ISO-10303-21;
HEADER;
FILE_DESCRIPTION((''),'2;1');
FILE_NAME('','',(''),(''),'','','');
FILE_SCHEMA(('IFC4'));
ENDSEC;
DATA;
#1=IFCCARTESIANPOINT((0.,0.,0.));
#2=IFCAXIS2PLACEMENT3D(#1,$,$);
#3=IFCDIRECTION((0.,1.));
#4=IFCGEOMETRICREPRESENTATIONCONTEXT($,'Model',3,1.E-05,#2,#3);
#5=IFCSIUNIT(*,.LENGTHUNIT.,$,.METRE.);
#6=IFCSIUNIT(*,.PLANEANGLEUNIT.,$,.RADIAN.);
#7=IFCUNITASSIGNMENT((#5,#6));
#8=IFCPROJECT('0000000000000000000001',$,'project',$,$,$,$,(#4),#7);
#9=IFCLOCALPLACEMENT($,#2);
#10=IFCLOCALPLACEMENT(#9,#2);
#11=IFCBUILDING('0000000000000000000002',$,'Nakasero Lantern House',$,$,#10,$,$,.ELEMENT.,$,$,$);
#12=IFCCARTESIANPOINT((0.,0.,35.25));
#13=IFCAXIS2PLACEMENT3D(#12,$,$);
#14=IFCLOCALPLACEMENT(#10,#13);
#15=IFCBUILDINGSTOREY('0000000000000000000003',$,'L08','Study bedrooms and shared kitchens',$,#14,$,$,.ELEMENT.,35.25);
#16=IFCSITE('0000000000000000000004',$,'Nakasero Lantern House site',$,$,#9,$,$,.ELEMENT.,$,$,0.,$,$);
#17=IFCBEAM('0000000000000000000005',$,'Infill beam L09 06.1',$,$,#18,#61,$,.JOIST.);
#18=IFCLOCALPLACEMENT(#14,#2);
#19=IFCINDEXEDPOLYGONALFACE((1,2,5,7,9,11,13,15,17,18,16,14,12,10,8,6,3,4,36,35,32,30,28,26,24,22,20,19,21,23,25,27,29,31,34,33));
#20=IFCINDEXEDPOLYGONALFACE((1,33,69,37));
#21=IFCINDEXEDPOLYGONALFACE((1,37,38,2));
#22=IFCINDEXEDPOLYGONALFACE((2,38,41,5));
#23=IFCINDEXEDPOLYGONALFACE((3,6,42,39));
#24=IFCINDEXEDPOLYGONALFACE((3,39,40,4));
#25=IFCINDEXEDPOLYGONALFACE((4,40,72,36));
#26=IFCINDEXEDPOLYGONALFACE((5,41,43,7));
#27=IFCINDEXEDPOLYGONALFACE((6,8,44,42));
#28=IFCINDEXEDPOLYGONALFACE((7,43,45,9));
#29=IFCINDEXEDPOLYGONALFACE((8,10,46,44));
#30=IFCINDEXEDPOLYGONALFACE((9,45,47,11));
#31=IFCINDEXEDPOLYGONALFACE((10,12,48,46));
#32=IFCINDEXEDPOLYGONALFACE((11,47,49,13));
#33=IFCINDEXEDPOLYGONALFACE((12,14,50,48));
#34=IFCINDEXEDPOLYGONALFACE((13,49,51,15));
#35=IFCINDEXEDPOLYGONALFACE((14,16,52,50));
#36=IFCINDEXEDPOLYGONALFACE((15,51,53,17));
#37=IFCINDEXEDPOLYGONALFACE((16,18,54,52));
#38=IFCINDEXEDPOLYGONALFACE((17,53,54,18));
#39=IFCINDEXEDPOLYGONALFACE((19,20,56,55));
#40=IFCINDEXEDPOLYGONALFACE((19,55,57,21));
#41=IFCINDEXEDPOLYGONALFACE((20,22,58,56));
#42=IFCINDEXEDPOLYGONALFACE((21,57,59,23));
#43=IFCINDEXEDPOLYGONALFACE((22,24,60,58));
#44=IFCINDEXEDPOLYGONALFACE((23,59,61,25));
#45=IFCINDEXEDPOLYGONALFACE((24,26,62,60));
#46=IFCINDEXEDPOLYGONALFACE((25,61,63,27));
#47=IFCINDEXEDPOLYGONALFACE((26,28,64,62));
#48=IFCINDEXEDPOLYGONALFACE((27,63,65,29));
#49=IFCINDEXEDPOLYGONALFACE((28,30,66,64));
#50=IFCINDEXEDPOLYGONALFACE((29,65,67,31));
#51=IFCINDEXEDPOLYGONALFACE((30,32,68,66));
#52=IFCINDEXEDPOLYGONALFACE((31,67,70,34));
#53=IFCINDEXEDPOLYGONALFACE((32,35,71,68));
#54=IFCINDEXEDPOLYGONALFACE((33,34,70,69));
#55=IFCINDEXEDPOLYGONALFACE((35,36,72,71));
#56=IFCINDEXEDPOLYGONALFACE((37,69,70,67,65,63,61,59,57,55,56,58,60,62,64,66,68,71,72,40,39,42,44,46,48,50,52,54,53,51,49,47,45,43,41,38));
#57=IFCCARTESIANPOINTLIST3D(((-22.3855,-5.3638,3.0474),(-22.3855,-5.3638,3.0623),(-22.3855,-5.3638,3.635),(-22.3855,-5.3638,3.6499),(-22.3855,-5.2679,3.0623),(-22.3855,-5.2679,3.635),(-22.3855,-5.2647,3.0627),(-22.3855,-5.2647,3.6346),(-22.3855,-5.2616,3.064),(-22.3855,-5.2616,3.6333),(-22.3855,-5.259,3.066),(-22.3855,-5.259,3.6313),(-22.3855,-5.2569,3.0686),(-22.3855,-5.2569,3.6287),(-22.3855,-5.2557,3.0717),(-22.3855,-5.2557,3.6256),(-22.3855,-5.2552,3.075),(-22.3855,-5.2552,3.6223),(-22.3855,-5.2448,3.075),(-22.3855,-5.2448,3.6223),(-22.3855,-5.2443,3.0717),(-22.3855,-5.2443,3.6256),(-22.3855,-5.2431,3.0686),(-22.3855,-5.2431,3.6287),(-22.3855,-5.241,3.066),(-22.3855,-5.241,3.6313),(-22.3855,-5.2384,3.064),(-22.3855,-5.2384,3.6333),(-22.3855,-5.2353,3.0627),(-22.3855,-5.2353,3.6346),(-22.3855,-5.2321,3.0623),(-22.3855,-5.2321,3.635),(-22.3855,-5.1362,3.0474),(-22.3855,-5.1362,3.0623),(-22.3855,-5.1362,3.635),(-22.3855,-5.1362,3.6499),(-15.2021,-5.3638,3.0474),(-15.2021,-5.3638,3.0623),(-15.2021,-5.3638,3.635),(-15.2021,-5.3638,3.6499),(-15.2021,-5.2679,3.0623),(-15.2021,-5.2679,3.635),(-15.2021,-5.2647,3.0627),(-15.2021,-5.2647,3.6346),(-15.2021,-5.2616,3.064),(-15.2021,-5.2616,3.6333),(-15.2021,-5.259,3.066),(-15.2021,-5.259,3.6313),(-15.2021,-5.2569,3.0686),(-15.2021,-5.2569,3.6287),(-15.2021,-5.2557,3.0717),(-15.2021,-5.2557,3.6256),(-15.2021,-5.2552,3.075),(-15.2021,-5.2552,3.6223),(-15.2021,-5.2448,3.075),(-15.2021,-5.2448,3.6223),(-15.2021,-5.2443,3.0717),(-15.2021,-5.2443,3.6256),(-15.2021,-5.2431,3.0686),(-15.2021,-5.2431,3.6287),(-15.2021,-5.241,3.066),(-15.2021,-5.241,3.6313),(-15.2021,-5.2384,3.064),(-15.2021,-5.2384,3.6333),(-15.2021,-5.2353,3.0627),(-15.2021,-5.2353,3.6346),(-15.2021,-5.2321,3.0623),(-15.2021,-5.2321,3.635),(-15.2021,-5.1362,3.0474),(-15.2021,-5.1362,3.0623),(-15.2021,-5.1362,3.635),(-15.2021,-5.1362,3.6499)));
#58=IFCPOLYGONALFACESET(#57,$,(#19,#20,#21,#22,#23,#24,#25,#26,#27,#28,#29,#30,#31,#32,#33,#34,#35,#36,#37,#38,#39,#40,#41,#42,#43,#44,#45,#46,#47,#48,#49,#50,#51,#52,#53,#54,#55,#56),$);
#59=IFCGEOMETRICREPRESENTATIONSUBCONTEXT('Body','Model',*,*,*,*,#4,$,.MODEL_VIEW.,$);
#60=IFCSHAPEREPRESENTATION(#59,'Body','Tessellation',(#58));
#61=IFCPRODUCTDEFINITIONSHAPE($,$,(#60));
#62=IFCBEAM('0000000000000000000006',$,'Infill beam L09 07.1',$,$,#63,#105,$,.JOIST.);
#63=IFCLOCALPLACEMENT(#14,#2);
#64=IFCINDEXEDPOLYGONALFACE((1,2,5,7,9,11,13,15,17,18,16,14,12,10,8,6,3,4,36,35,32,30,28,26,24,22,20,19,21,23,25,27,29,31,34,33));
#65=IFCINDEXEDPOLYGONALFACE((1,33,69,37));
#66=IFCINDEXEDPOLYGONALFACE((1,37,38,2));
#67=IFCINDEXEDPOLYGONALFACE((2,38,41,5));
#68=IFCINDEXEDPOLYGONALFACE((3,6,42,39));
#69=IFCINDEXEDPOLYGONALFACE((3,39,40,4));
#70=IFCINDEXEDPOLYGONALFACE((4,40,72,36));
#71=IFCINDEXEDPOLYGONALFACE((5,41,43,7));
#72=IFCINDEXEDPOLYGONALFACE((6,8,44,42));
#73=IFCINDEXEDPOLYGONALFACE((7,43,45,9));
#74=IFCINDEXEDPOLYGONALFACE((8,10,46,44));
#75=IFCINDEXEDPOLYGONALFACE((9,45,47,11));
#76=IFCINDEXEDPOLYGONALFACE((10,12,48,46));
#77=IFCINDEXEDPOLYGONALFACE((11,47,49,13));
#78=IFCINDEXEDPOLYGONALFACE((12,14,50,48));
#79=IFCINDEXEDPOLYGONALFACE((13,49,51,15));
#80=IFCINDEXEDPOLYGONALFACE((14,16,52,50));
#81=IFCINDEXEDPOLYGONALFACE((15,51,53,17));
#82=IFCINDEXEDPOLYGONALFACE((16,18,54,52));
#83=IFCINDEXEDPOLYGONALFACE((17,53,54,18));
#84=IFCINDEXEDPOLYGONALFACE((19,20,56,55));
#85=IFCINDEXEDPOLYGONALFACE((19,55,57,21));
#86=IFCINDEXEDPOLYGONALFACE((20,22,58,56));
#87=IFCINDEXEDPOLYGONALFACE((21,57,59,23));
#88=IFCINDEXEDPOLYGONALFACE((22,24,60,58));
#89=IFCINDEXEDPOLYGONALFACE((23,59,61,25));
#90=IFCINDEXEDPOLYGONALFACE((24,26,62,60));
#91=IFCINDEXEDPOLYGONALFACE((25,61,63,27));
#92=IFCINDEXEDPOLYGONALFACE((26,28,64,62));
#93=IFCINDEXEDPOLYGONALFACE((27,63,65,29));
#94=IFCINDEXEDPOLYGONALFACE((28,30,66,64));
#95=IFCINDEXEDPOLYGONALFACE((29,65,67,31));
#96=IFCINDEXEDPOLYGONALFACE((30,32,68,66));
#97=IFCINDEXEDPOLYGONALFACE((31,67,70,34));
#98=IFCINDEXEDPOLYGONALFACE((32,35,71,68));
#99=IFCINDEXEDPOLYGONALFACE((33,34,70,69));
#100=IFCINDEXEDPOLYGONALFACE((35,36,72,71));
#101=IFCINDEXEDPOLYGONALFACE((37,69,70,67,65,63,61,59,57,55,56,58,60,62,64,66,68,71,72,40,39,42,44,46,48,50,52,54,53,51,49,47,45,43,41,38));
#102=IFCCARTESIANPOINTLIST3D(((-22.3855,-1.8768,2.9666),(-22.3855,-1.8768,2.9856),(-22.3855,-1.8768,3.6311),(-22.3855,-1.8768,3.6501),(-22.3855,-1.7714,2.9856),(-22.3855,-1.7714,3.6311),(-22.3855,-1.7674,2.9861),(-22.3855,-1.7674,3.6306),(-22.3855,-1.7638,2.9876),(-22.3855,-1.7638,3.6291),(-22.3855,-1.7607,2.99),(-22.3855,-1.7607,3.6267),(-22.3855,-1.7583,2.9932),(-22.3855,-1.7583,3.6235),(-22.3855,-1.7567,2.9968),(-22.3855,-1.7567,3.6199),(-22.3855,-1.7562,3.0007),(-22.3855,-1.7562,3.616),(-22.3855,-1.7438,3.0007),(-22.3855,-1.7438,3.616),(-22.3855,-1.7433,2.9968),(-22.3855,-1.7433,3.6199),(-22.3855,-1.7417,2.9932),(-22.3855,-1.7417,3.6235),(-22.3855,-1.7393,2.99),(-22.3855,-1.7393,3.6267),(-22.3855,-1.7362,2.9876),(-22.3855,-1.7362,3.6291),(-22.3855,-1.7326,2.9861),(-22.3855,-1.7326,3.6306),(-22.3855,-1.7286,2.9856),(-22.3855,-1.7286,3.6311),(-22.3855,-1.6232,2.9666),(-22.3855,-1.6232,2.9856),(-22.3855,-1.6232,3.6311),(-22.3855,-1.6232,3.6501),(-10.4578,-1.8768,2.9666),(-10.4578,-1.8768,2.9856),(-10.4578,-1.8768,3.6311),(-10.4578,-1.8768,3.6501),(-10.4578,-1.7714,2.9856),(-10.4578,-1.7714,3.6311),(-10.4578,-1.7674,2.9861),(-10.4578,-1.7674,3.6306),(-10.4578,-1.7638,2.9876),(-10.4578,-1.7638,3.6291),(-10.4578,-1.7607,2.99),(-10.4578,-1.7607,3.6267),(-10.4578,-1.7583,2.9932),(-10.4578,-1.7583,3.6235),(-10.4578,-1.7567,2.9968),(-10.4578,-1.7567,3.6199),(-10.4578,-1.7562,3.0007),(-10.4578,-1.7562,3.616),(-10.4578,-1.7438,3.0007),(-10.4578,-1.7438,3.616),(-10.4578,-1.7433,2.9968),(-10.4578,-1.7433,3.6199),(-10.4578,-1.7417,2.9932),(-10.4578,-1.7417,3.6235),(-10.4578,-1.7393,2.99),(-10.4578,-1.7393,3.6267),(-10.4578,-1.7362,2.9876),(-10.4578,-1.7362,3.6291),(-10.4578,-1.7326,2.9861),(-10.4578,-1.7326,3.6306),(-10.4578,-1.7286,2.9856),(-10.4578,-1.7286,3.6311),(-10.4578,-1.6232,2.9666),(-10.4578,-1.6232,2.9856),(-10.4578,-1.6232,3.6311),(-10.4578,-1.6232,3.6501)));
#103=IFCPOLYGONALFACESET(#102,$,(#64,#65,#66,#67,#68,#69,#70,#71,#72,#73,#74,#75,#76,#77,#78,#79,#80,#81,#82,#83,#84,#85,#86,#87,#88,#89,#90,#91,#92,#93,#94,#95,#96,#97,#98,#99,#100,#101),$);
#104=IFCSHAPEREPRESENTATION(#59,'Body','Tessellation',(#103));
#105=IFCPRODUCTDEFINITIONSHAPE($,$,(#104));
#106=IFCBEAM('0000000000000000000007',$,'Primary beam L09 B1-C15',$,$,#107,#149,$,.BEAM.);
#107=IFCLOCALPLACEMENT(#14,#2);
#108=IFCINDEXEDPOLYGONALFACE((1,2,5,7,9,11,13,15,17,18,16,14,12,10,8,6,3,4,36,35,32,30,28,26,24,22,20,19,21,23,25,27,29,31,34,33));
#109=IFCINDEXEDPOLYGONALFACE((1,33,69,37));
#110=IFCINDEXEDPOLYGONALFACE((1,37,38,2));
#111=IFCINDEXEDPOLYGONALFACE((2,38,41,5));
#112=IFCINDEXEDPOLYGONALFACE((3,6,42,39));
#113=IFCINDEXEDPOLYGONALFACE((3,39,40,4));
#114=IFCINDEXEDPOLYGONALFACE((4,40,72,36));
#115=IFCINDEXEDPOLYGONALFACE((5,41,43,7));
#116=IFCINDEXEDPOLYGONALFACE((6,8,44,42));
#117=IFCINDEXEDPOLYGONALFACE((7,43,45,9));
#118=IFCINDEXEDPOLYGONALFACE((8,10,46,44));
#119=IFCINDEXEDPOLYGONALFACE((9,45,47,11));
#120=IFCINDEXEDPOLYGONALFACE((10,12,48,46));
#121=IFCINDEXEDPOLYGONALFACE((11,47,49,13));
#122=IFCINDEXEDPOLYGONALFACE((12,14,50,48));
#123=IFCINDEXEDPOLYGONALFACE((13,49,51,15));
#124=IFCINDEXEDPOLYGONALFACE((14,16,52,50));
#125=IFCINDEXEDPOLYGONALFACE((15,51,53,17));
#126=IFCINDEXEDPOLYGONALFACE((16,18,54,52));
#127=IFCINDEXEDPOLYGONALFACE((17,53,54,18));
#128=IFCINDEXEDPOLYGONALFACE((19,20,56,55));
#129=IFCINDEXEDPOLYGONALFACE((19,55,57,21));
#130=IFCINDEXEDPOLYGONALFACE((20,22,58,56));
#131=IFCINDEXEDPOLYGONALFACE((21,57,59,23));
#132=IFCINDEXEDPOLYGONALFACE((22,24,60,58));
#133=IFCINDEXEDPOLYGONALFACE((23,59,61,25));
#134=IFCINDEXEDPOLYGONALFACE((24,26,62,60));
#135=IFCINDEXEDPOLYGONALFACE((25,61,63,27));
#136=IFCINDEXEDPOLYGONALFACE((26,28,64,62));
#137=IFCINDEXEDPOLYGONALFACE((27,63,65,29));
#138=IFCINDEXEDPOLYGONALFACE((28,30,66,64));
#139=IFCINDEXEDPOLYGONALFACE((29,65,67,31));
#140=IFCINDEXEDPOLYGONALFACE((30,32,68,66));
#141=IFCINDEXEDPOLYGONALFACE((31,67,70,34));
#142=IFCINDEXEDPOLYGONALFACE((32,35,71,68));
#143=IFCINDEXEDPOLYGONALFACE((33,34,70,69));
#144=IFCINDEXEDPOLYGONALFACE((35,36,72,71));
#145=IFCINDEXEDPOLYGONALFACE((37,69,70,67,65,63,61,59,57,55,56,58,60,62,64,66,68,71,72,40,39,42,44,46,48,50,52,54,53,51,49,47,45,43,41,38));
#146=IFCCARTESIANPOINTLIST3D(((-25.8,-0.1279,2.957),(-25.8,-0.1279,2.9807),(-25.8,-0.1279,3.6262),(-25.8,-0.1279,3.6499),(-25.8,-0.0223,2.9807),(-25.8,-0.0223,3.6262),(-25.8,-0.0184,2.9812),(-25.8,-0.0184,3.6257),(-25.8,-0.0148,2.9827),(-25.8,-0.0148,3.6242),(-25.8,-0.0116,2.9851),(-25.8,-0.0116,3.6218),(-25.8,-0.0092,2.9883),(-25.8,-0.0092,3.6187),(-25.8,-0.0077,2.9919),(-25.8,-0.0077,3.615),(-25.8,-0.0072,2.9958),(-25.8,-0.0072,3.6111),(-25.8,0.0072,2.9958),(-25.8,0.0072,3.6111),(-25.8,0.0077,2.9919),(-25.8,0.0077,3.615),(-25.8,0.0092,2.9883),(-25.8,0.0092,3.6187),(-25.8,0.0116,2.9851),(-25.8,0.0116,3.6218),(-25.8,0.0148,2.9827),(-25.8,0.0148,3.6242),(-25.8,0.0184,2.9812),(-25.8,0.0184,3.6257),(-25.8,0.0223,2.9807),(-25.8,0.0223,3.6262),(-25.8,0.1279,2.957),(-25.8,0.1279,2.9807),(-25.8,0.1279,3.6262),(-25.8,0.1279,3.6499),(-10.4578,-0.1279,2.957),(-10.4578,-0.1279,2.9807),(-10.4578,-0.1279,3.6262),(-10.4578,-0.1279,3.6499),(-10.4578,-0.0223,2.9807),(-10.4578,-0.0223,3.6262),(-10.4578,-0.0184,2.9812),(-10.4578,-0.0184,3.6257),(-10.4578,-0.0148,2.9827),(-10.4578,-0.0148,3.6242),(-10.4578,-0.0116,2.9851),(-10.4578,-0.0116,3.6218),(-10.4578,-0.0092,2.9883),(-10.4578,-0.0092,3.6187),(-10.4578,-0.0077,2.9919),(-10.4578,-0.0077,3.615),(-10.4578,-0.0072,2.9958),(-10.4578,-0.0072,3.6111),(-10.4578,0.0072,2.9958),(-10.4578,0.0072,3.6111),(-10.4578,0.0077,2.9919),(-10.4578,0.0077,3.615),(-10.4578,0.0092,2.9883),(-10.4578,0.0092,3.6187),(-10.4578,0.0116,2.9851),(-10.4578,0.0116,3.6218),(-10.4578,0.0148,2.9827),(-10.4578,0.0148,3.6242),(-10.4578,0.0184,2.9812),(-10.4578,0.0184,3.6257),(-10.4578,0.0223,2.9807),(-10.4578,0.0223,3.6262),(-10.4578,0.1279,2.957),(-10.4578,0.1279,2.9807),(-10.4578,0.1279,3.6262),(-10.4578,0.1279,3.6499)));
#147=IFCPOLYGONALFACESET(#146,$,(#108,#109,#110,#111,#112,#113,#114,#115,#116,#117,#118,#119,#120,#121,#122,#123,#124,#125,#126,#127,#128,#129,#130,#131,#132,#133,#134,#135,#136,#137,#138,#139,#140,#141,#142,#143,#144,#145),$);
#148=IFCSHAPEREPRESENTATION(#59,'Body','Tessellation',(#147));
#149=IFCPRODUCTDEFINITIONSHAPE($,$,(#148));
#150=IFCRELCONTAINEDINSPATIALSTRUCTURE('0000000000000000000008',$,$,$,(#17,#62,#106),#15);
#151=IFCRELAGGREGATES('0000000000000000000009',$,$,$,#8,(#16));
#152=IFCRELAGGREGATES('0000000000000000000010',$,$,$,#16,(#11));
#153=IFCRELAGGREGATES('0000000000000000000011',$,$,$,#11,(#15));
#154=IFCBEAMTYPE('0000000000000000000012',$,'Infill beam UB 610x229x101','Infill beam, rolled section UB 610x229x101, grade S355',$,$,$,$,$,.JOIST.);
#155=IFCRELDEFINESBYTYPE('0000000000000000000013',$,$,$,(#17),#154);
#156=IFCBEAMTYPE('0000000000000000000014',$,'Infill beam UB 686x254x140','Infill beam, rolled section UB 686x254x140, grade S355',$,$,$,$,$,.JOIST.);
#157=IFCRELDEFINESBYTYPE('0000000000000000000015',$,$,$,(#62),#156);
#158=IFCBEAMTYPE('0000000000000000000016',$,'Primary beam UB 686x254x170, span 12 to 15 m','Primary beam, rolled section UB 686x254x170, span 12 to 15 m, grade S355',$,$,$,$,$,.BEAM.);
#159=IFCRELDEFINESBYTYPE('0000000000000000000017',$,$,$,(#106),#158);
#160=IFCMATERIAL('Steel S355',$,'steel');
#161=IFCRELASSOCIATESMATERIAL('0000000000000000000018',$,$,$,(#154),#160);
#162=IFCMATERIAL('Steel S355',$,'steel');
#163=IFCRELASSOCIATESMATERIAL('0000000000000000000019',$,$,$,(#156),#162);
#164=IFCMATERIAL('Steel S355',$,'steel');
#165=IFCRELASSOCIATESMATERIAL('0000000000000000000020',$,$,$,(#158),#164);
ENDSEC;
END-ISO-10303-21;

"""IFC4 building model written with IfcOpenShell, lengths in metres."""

from ifc_helpers import new_model, si_unit, direction, frame, origin, origin_2d, place, context, subcontext, project, spatial, i_section, extrude, material, material_profile, profile_set, type_object, element, save


model = new_model("IFC4")

# Units and contexts
model_context = context("Model", 3, precision=1e-05, world=origin(), true_north=direction((0.0, 1.0)))
body_context = subcontext(model_context, "Body", "Model", "MODEL_VIEW")
ifc_project = project(units=[si_unit("LENGTHUNIT", "METRE"), si_unit("PLANEANGLEUNIT", "RADIAN")], contexts=[model_context])

# Site, building, storey
site_placement = place(None, origin())
site = spatial("IfcSite", under=ifc_project, at=site_placement, Name="Nakasero Lantern House site", CompositionType="ELEMENT", RefElevation=0.0)
building_placement = place(site_placement, origin())
building = spatial("IfcBuilding", under=site, at=building_placement, Name="Nakasero Lantern House", CompositionType="ELEMENT")
storey_placement = place(building_placement, frame((0.0, 0.0, 35.25)))
storey = spatial("IfcBuildingStorey", under=building, at=storey_placement, Name="L08", Description="Study bedrooms and shared kitchens", CompositionType="ELEMENT", Elevation=35.25)

# Beams
ifc_material_1 = material(Name="Steel S355", Category="steel")
ifc_material_profile_1 = material_profile(ifc_material_1, i_section(OverallWidth=0.2275, OverallDepth=0.6025, WebThickness=0.0105, FlangeThickness=0.0149, FilletRadius=0.0127, at=origin_2d()), Name="UB 610x229x101")
ifc_profile_set_1 = profile_set([ifc_material_profile_1], Name="Steel S355")
beam_type_1 = type_object("IfcBeamType", Name="Infill beam UB 610x229x101", Description="Infill beam, rolled section UB 610x229x101, grade S355", PredefinedType="JOIST", material=ifc_profile_set_1)
beam_1_placement = place(storey_placement, frame((-22.3855, -5.25, 3.3486), z_axis=(1.0, 0.0, 0.0), x_axis=(0.0, 1.0, 0.0)))
element("IfcBeam", 1, at=beam_1_placement, inside=storey, type_object=beam_type_1, Name="Infill beam L09 06.1", PredefinedType="JOIST", context=body_context, shape_type="SweptSolid", body=[
    extrude(i_section(OverallWidth=0.2275, OverallDepth=0.6025, WebThickness=0.0105, FlangeThickness=0.0149, FilletRadius=0.0127, at=origin_2d()), origin(), (0.0, 0.0, 1.0), 7.1833),
])
ifc_material_2 = material(Name="Steel S355", Category="steel")
ifc_material_profile_2 = material_profile(ifc_material_2, i_section(OverallWidth=0.2537, OverallDepth=0.6836, WebThickness=0.0125, FlangeThickness=0.019, FilletRadius=0.0151, at=origin_2d()), Name="UB 686x254x140")
ifc_profile_set_2 = profile_set([ifc_material_profile_2], Name="Steel S355")
beam_type_2 = type_object("IfcBeamType", Name="Infill beam UB 686x254x140", Description="Infill beam, rolled section UB 686x254x140, grade S355", PredefinedType="JOIST", material=ifc_profile_set_2)
beam_2_placement = place(storey_placement, frame((-22.3855, -1.75, 3.3083), z_axis=(1.0, 0.0, 0.0), x_axis=(0.0, 1.0, 0.0)))
element("IfcBeam", 2, at=beam_2_placement, inside=storey, type_object=beam_type_2, Name="Infill beam L09 07.1", PredefinedType="JOIST", context=body_context, shape_type="SweptSolid", body=[
    extrude(i_section(OverallWidth=0.2537, OverallDepth=0.6836, WebThickness=0.0125, FlangeThickness=0.019, FilletRadius=0.0151, at=origin_2d()), origin(), (0.0, 0.0, 1.0), 11.9277),
])
ifc_material_3 = material(Name="Steel S355", Category="steel")
ifc_material_profile_3 = material_profile(ifc_material_3, i_section(OverallWidth=0.2559, OverallDepth=0.6929, WebThickness=0.0144, FlangeThickness=0.0237, FilletRadius=0.0151, at=origin_2d()), Name="UB 686x254x170")
ifc_profile_set_3 = profile_set([ifc_material_profile_3], Name="Steel S355")
beam_type_3 = type_object("IfcBeamType", Name="Primary beam UB 686x254x170, span 12 to 15 m", Description="Primary beam, rolled section UB 686x254x170, span 12 to 15 m, grade S355", PredefinedType="BEAM", material=ifc_profile_set_3)
beam_3_placement = place(storey_placement, frame((-25.8, 0.0, 3.3035), z_axis=(1.0, 0.0, 0.0), x_axis=(0.0, 1.0, 0.0)))
element("IfcBeam", 3, at=beam_3_placement, inside=storey, type_object=beam_type_3, Name="Primary beam L09 B1-C15", PredefinedType="BEAM", context=body_context, shape_type="SweptSolid", body=[
    extrude(i_section(OverallWidth=0.2559, OverallDepth=0.6929, WebThickness=0.0144, FlangeThickness=0.0237, FilletRadius=0.0151, at=origin_2d()), origin(), (0.0, 0.0, 1.0), 15.3423),
])

save(model, "model.ifc")
